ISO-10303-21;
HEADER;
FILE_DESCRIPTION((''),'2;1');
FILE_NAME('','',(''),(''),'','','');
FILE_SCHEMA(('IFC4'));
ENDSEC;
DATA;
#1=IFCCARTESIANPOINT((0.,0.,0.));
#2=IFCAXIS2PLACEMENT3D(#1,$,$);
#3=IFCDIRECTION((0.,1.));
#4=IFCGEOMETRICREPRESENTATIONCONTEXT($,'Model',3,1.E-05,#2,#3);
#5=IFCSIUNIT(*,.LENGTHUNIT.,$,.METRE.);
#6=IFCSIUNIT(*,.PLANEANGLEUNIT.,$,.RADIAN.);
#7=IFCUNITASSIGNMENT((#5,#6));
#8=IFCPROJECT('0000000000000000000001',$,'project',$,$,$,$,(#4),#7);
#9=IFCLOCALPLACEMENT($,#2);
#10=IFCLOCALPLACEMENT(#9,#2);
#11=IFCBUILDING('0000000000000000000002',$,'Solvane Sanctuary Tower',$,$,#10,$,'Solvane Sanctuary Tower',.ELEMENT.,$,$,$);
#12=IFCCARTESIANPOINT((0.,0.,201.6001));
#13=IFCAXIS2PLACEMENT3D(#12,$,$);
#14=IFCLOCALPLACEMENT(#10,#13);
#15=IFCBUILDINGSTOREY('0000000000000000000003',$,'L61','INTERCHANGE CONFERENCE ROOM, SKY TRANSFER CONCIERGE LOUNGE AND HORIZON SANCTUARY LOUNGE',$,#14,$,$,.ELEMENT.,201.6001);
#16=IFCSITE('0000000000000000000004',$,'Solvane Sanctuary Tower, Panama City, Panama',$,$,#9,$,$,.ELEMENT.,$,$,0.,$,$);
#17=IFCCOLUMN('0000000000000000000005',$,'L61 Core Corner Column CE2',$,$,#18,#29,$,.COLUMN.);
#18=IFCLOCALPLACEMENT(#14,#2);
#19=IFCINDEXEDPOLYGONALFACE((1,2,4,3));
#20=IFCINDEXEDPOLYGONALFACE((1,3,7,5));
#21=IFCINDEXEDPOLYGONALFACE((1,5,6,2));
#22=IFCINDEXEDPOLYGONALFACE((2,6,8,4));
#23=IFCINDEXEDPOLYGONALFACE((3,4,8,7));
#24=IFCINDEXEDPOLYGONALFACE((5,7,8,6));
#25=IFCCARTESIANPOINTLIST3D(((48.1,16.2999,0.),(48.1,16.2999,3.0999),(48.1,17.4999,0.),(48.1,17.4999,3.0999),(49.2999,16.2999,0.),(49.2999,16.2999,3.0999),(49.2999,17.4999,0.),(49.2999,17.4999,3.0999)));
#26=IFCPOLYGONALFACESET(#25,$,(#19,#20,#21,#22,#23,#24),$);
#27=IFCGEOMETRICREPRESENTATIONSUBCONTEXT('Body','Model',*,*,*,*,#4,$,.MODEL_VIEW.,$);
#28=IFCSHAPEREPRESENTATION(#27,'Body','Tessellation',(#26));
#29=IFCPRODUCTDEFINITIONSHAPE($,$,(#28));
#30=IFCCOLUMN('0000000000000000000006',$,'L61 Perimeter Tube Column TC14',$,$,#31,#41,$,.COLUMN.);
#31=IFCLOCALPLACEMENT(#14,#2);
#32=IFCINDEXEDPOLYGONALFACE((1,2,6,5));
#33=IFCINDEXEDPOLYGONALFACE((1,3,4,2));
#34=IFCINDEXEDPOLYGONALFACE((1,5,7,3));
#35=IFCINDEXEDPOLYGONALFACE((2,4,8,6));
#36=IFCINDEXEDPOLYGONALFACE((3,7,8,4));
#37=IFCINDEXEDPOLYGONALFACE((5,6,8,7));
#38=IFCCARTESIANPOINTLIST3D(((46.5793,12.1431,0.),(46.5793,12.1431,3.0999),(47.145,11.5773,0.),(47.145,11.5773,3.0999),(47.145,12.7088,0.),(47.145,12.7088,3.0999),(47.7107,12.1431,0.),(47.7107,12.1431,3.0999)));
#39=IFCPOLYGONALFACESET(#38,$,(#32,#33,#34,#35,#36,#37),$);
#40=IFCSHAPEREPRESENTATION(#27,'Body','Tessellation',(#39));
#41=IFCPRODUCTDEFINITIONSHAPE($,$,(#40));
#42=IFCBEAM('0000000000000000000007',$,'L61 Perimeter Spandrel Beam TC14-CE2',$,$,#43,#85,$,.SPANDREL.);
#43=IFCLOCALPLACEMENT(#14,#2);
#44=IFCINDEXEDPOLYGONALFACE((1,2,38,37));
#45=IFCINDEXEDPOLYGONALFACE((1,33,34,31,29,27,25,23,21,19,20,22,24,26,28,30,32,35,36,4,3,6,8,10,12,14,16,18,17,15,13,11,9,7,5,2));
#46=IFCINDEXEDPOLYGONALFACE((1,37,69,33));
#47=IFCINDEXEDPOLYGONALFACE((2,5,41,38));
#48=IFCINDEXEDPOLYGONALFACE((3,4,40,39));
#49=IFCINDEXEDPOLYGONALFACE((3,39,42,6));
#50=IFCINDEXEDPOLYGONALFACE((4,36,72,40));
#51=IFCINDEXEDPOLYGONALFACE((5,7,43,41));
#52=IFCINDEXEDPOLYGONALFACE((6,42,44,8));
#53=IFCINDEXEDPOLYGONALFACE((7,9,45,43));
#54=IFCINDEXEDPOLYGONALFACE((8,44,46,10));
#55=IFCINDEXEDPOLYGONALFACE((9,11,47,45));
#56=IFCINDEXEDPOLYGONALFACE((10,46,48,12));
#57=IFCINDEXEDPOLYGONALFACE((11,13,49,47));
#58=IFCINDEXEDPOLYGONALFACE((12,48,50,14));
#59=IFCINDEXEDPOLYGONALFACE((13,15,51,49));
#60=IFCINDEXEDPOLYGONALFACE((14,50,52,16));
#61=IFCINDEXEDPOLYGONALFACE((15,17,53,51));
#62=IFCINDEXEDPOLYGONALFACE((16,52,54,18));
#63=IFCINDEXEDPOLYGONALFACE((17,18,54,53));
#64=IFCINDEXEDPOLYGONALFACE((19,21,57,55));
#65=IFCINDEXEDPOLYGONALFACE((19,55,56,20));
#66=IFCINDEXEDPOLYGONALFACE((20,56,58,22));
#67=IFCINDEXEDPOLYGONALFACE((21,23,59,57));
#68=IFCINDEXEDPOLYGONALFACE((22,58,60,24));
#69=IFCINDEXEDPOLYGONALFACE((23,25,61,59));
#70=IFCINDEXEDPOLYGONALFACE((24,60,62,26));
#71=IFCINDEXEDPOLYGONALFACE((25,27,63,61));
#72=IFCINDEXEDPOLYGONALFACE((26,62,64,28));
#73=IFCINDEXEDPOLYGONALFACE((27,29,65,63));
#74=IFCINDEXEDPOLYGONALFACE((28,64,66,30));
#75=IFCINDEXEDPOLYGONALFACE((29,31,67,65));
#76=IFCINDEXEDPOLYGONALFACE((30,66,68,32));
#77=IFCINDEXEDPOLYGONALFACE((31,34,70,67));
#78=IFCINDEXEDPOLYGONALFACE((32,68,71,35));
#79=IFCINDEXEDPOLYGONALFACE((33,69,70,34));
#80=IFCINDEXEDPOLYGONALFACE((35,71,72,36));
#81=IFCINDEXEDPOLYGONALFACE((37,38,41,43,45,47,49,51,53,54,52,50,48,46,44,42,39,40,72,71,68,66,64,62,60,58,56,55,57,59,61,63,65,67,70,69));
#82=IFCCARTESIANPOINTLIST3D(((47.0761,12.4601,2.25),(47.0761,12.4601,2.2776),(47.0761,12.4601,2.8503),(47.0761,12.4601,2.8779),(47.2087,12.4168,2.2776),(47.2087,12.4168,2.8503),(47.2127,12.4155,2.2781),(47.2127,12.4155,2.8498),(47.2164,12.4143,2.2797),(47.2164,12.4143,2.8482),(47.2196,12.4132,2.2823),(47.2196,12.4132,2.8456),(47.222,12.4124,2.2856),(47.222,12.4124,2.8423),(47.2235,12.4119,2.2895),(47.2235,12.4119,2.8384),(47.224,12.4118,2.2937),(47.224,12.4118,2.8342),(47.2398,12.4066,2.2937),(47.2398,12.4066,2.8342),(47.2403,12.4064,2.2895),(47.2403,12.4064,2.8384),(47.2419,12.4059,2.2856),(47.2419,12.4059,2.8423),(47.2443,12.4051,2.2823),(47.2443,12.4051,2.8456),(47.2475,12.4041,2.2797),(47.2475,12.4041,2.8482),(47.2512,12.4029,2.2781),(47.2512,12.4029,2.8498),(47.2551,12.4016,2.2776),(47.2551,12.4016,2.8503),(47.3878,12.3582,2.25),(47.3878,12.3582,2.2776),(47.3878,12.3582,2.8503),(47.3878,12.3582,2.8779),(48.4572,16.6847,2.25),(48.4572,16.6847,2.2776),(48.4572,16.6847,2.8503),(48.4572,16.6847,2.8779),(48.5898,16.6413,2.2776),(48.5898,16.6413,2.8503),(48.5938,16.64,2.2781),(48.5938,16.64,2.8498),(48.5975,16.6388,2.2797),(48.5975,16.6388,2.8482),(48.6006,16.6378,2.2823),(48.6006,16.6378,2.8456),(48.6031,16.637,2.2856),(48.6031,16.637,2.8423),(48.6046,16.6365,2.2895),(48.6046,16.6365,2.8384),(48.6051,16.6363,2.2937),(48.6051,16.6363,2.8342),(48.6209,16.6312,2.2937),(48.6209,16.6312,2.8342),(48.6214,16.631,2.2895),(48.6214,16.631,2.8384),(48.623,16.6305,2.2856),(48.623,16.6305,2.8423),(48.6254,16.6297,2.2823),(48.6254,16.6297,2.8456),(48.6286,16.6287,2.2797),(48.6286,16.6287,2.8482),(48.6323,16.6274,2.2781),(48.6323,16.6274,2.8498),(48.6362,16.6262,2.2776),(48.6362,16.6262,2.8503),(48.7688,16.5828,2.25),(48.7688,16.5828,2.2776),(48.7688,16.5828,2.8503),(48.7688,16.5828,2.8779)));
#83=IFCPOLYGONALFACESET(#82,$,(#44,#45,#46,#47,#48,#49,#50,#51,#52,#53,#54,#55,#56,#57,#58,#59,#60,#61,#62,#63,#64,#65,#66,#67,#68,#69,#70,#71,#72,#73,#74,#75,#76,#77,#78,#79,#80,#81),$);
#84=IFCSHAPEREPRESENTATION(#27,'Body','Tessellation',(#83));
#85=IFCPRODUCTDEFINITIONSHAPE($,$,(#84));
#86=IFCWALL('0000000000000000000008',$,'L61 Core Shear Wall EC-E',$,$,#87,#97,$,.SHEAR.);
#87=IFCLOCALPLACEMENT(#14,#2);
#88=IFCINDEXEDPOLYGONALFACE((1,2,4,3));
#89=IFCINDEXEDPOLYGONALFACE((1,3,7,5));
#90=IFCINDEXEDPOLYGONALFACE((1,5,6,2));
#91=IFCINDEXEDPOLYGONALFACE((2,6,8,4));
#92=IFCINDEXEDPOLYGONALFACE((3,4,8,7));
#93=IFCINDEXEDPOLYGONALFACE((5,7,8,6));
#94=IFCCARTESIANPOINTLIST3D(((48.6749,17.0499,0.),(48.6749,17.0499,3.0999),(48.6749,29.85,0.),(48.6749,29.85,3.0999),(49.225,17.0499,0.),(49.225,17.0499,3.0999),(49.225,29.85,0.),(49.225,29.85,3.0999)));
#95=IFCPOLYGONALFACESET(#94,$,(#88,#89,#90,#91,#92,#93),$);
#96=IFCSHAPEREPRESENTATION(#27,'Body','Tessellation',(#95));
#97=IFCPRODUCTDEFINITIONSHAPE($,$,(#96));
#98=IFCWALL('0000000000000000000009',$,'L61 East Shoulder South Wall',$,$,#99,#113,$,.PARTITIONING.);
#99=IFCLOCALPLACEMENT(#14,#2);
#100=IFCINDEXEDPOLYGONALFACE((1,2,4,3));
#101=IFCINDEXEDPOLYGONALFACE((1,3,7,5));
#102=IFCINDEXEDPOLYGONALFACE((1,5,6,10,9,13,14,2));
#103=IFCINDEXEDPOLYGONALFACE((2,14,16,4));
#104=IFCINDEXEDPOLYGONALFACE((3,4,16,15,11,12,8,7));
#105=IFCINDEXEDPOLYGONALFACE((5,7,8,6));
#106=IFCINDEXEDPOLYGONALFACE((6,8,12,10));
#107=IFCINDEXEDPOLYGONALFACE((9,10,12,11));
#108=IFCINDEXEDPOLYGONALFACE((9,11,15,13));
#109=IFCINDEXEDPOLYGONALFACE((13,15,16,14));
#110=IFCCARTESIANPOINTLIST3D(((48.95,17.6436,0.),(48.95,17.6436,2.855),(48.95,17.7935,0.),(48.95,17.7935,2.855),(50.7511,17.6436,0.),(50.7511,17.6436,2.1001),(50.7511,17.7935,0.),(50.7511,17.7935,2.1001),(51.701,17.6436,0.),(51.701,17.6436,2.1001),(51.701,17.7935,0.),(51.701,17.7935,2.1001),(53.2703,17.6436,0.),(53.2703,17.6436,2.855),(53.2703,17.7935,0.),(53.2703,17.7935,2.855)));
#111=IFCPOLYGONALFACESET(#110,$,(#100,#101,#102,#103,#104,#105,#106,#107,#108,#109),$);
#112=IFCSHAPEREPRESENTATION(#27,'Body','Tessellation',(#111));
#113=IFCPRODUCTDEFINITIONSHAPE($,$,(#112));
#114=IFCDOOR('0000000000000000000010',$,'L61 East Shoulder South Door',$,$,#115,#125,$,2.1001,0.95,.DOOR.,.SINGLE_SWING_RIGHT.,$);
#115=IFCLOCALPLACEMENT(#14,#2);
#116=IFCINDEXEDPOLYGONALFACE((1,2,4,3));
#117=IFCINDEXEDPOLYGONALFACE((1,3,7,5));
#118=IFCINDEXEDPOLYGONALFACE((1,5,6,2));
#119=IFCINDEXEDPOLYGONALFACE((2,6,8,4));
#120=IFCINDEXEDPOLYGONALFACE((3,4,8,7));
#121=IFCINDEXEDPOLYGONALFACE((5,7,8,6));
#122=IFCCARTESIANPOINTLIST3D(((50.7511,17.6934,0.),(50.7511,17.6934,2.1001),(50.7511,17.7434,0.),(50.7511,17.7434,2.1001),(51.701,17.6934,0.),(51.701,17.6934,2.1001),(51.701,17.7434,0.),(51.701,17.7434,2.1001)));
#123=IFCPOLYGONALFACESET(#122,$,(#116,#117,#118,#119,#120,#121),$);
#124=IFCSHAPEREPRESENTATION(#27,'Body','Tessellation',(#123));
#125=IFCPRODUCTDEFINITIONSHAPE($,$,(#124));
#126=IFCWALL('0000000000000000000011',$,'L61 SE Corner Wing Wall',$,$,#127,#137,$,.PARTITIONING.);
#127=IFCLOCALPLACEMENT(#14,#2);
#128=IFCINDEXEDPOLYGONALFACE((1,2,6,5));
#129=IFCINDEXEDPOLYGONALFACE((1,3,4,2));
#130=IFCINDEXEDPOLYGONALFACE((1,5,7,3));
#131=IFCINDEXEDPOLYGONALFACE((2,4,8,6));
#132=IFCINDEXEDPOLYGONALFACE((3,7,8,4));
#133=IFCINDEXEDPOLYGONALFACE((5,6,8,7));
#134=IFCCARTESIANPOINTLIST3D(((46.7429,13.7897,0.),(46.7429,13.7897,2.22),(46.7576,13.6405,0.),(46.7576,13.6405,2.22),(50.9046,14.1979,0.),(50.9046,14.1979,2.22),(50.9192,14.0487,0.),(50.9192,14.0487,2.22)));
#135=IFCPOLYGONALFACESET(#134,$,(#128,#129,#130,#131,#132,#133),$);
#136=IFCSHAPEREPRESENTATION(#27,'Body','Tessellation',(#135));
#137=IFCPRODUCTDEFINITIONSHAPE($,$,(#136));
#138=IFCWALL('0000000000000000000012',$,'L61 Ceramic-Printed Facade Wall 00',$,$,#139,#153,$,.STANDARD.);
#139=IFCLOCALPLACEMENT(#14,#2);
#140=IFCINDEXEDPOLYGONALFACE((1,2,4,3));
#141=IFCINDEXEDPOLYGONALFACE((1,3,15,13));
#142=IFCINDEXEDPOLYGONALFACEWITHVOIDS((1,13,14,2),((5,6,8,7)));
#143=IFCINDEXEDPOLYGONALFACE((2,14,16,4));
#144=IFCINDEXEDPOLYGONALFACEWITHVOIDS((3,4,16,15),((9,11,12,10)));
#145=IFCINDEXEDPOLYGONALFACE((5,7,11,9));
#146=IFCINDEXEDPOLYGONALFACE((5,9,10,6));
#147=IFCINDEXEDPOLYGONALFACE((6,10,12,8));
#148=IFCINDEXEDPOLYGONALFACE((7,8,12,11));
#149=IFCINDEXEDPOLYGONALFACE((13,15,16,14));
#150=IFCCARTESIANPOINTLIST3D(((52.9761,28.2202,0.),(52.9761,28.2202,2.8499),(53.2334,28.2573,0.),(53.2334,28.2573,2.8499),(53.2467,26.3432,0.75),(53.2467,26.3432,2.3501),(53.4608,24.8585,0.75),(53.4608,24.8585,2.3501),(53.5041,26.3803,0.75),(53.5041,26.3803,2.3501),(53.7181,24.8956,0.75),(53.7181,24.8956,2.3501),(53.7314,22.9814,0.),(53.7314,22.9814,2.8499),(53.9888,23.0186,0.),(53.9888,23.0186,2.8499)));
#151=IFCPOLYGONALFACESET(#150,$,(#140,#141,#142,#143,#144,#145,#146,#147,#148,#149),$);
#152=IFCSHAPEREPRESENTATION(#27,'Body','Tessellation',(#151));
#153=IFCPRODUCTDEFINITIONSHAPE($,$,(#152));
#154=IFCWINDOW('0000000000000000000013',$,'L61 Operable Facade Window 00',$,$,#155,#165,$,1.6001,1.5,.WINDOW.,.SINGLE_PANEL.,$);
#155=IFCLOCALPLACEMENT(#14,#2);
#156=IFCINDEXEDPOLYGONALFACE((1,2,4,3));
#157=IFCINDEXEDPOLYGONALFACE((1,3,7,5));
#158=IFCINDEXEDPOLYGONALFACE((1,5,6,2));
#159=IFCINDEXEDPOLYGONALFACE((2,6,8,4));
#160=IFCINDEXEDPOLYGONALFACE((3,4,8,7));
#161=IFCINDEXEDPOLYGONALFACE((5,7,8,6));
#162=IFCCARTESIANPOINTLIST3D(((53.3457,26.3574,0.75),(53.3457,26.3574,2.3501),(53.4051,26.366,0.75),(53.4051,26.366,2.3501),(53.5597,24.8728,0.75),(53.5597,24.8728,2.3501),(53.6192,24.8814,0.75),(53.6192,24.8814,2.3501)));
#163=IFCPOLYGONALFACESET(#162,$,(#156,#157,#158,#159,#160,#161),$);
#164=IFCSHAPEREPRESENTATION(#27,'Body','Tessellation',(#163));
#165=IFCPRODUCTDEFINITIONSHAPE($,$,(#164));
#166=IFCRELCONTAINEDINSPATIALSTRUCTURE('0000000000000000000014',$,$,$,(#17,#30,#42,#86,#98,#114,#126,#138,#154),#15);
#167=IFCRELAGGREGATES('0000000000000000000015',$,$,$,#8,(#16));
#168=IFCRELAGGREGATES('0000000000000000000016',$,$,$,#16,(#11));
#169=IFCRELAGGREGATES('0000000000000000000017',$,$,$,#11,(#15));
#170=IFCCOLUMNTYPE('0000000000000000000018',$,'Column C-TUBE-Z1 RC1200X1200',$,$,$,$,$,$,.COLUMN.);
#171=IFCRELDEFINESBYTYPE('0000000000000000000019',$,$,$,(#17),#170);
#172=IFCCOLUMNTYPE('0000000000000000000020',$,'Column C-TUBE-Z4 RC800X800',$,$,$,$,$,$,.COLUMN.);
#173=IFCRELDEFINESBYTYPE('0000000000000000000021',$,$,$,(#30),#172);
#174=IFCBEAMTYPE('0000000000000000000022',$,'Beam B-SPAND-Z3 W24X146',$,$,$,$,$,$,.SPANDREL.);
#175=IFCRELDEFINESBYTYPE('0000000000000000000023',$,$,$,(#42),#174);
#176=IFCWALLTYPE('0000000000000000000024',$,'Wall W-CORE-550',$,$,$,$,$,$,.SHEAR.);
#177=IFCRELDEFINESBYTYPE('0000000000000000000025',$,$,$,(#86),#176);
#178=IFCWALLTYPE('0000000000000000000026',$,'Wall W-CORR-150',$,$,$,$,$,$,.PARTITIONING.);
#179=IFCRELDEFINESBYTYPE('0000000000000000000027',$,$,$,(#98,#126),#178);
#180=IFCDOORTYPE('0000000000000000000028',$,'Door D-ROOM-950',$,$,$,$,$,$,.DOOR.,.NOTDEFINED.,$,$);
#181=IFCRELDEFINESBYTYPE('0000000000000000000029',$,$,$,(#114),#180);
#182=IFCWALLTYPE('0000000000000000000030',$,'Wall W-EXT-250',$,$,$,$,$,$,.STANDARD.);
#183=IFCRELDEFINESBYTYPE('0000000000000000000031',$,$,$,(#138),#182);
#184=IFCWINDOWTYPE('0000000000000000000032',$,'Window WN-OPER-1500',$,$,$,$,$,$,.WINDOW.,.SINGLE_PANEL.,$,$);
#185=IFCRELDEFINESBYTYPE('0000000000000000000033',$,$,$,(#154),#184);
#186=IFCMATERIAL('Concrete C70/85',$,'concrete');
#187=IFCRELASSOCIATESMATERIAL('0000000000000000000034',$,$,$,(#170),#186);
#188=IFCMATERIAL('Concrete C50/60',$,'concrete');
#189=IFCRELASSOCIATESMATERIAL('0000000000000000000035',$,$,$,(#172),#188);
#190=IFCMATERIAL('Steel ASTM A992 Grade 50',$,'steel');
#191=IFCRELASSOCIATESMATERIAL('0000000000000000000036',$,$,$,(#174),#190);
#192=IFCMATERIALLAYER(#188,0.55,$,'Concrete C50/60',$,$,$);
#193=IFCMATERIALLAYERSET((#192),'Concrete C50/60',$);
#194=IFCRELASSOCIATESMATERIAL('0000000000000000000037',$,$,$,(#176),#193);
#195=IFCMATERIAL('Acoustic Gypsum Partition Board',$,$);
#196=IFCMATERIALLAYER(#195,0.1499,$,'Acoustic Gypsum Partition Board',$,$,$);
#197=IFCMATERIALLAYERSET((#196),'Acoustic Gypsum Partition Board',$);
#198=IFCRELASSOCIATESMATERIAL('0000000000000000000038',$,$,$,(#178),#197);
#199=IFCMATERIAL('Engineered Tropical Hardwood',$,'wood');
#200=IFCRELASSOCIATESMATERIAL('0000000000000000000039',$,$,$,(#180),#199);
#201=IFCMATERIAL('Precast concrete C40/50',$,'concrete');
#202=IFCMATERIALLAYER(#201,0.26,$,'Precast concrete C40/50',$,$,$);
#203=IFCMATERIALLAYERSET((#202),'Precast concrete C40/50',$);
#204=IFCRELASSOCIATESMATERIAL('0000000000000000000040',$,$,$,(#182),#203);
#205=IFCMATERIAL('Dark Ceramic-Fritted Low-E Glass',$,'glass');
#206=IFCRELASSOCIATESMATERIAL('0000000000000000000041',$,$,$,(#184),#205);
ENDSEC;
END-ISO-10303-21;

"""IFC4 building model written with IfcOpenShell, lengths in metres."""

from ifc_helpers import new_model, si_unit, direction, frame, frame_2d, origin, origin_2d, place, context, subcontext, project, spatial, rectangle, i_section, extrude, material, layer, layer_set, material_profile, profile_set, type_object, element, fill, save


model = new_model("IFC4")

# Units and contexts
model_context = context("Model", 3, precision=1e-05, world=origin(), true_north=direction((0.0, 1.0)))
body_context = subcontext(model_context, "Body", "Model", "MODEL_VIEW")
ifc_project = project(units=[si_unit("LENGTHUNIT", "METRE"), si_unit("PLANEANGLEUNIT", "RADIAN")], contexts=[model_context])

# Site, building, storey
site_placement = place(None, origin())
site = spatial("IfcSite", under=ifc_project, at=site_placement, Name="Solvane Sanctuary Tower, Panama City, Panama", CompositionType="ELEMENT", RefElevation=0.0)
building_placement = place(site_placement, origin())
building = spatial("IfcBuilding", under=site, at=building_placement, Name="Solvane Sanctuary Tower", LongName="Solvane Sanctuary Tower", CompositionType="ELEMENT")
storey_placement = place(building_placement, frame((0.0, 0.0, 201.6001)))
storey = spatial("IfcBuildingStorey", under=building, at=storey_placement, Name="L61", Description="INTERCHANGE CONFERENCE ROOM, SKY TRANSFER CONCIERGE LOUNGE AND HORIZON SANCTUARY LOUNGE", CompositionType="ELEMENT", Elevation=201.6001)

# Columns
ifc_material_1 = material(Name="Concrete C70/85", Category="concrete")
ifc_material_profile_1 = material_profile(ifc_material_1, rectangle(XDim=1.2, YDim=1.2, at=origin_2d()), Name="RC1200X1200")
ifc_profile_set_1 = profile_set([ifc_material_profile_1], Name="Concrete C70/85")
column_type_1 = type_object("IfcColumnType", Name="Column C-TUBE-Z1 RC1200X1200", PredefinedType="COLUMN", material=ifc_profile_set_1)
column_1_placement = place(storey_placement, frame((48.7, 16.8999, 0.0), z_axis=(0.0, 0.0, 1.0), x_axis=(1.0, 0.0, 0.0)))
element("IfcColumn", 1, at=column_1_placement, inside=storey, type_object=column_type_1, Name="L61 Core Corner Column CE2", PredefinedType="COLUMN", context=body_context, shape_type="SweptSolid", body=[
    extrude(rectangle(XDim=1.2, YDim=1.2, at=origin_2d()), origin(), (0.0, 0.0, 1.0), 3.0999),
])
ifc_material_2 = material(Name="Concrete C50/60", Category="concrete")
ifc_material_profile_2 = material_profile(ifc_material_2, rectangle(XDim=0.8, YDim=0.8, at=origin_2d()), Name="RC800X800")
ifc_profile_set_2 = profile_set([ifc_material_profile_2], Name="Concrete C50/60")
column_type_2 = type_object("IfcColumnType", Name="Column C-TUBE-Z4 RC800X800", PredefinedType="COLUMN", material=ifc_profile_set_2)
column_2_placement = place(storey_placement, frame((47.145, 12.1431, 0.0), z_axis=(0.0, 0.0, 1.0), x_axis=(0.707107, -0.707107, 0.0)))
element("IfcColumn", 2, at=column_2_placement, inside=storey, type_object=column_type_2, Name="L61 Perimeter Tube Column TC14", PredefinedType="COLUMN", context=body_context, shape_type="SweptSolid", body=[
    extrude(rectangle(XDim=0.8, YDim=0.8, at=origin_2d()), origin(), (0.0, 0.0, 1.0), 3.0999),
])

# Beam
ifc_material_3 = material(Name="Steel ASTM A992 Grade 50", Category="steel")
ifc_material_profile_3 = material_profile(ifc_material_3, i_section(OverallWidth=0.3279, OverallDepth=0.6279, WebThickness=0.0166, FlangeThickness=0.0276, FilletRadius=0.0161, at=origin_2d()), Name="W24X146")
ifc_profile_set_3 = profile_set([ifc_material_profile_3], Name="Steel ASTM A992 Grade 50")
beam_type = type_object("IfcBeamType", Name="Beam B-SPAND-Z3 W24X146", PredefinedType="SPANDREL", material=ifc_profile_set_3)
beam_placement = place(storey_placement, frame((47.2319, 12.4092, 2.564), z_axis=(0.310735, 0.950497, 0.0), x_axis=(-0.950497, 0.310735, 0.0)))
element("IfcBeam", 3, at=beam_placement, inside=storey, type_object=beam_type, Name="L61 Perimeter Spandrel Beam TC14-CE2", PredefinedType="SPANDREL", context=body_context, shape_type="SweptSolid", body=[
    extrude(i_section(OverallWidth=0.3279, OverallDepth=0.6279, WebThickness=0.0166, FlangeThickness=0.0276, FilletRadius=0.0161, at=origin_2d()), origin(), (0.0, 0.0, 1.0), 4.4446),
])

# Wall
ifc_layer_1 = layer(ifc_material_2, 0.55, Name="Concrete C50/60")
ifc_layer_set_1 = layer_set([ifc_layer_1], Name="Concrete C50/60")
wall_type_1 = type_object("IfcWallType", Name="Wall W-CORE-550", PredefinedType="SHEAR", material=ifc_layer_set_1)
wall_1_placement = place(storey_placement, frame((48.95, 17.05, 0.0), z_axis=(0.0, 0.0, 1.0), x_axis=(0.0, 1.0, 0.0)))
element("IfcWall", 4, at=wall_1_placement, inside=storey, type_object=wall_type_1, Name="L61 Core Shear Wall EC-E", PredefinedType="SHEAR", context=body_context, shape_type="SweptSolid", body=[
    extrude(rectangle(XDim=12.8, YDim=0.55, at=frame_2d((6.3999, 0.0))), origin(), (0.0, 0.0, 1.0), 3.0999),
])

# Wall, opening, door
ifc_material_4 = material(Name="Acoustic Gypsum Partition Board")
ifc_layer_2 = layer(ifc_material_4, 0.1499, Name="Acoustic Gypsum Partition Board")
ifc_layer_set_2 = layer_set([ifc_layer_2], Name="Acoustic Gypsum Partition Board")
wall_type_2 = type_object("IfcWallType", Name="Wall W-CORR-150", PredefinedType="PARTITIONING", material=ifc_layer_set_2)
wall_2_placement = place(storey_placement, frame((48.95, 17.7185, 0.0), z_axis=(0.0, 0.0, 1.0), x_axis=(1.0, 0.0, 0.0)))
wall_2 = element("IfcWall", 5, at=wall_2_placement, inside=storey, type_object=wall_type_2, Name="L61 East Shoulder South Wall", PredefinedType="PARTITIONING", context=body_context, shape_type="SweptSolid", body=[
    extrude(rectangle(XDim=4.3203, YDim=0.1499, at=frame_2d((2.1602, 0.0))), origin(), (0.0, 0.0, 1.0), 2.855),
])
opening_1_placement = place(wall_2_placement, frame((1.801, 0.0, 0.0)))
opening_1 = element("IfcOpeningElement", 6, at=opening_1_placement, cuts=wall_2, PredefinedType="OPENING", context=body_context, shape_type="SweptSolid", body=[
    extrude(rectangle(XDim=0.95, YDim=2.1001, at=frame_2d((0.4751, 1.05))), frame((0.0, 0.085, 0.0), z_axis=(0.0, -1.0, 0.0), x_axis=(1.0, 0.0, 0.0)), (0.0, 0.0, 1.0), 0.1699),
])
ifc_material_5 = material(Name="Engineered Tropical Hardwood", Category="wood")
door_type = type_object("IfcDoorType", Name="Door D-ROOM-950", OperationType="NOTDEFINED", PredefinedType="DOOR", material=ifc_material_5)
door_placement = place(opening_1_placement, origin())
door = element("IfcDoor", 7, at=door_placement, inside=storey, type_object=door_type, Name="L61 East Shoulder South Door", OperationType="SINGLE_SWING_RIGHT", OverallHeight=2.1001, OverallWidth=0.95, PredefinedType="DOOR", context=body_context, shape_type="SweptSolid", body=[
    extrude(rectangle(XDim=0.95, YDim=2.1001, at=frame_2d((0.4751, 1.05))), frame((0.0, 0.0249, 0.0), z_axis=(0.0, -1.0, 0.0), x_axis=(1.0, 0.0, 0.0)), (0.0, 0.0, 1.0), 0.05),
])
fill(opening_1, door)

# Wall
wall_3_placement = place(storey_placement, frame((46.7502, 13.7151, 0.0), z_axis=(0.0, 0.0, 1.0), x_axis=(0.995224, 0.097619, 0.0)))
element("IfcWall", 8, at=wall_3_placement, inside=storey, type_object=wall_type_2, Name="L61 SE Corner Wing Wall", PredefinedType="PARTITIONING", context=body_context, shape_type="SweptSolid", body=[
    extrude(rectangle(XDim=4.1816, YDim=0.1499, at=frame_2d((2.0908, 0.0))), origin(), (0.0, 0.0, 1.0), 2.22),
])

# Wall, opening, window
ifc_material_6 = material(Name="Precast concrete C40/50", Category="concrete")
ifc_layer_3 = layer(ifc_material_6, 0.26, Name="Precast concrete C40/50")
ifc_layer_set_3 = layer_set([ifc_layer_3], Name="Precast concrete C40/50")
wall_type_3 = type_object("IfcWallType", Name="Wall W-EXT-250", PredefinedType="STANDARD", material=ifc_layer_set_3)
wall_4_placement = place(storey_placement, frame((53.8601, 23.0, 0.0), z_axis=(0.0, 0.0, 1.0), x_axis=(-0.142713, 0.989764, 0.0)))
wall_4 = element("IfcWall", 9, at=wall_4_placement, inside=storey, type_object=wall_type_3, Name="L61 Ceramic-Printed Facade Wall 00", PredefinedType="STANDARD", context=body_context, shape_type="SweptSolid", body=[
    extrude(rectangle(XDim=5.293, YDim=0.26, at=frame_2d((2.6465, 0.0))), origin(), (0.0, 0.0, 1.0), 2.8499),
])
opening_2_placement = place(wall_4_placement, frame((1.8965, 0.0, 0.75)))
opening_2 = element("IfcOpeningElement", 10, at=opening_2_placement, cuts=wall_4, PredefinedType="OPENING", context=body_context, shape_type="SweptSolid", body=[
    extrude(rectangle(XDim=1.5, YDim=1.6001, at=frame_2d((0.75, 0.8))), frame((0.0, 0.1399, 0.0), z_axis=(0.0, -1.0, 0.0), x_axis=(1.0, 0.0, 0.0)), (0.0, 0.0, 1.0), 0.28),
])
ifc_material_7 = material(Name="Dark Ceramic-Fritted Low-E Glass", Category="glass")
window_type_1 = type_object("IfcWindowType", Name="Window WN-OPER-1500", PartitioningType="SINGLE_PANEL", PredefinedType="WINDOW", material=ifc_material_7)
window_1_placement = place(opening_2_placement, origin())
window_1 = element("IfcWindow", 11, at=window_1_placement, inside=storey, type_object=window_type_1, Name="L61 Operable Facade Window 00", OverallHeight=1.6001, OverallWidth=1.5, PartitioningType="SINGLE_PANEL", PredefinedType="WINDOW", context=body_context, shape_type="SweptSolid", body=[
    extrude(rectangle(XDim=1.5, YDim=1.6001, at=frame_2d((0.75, 0.8))), frame((0.0, 0.03, 0.0), z_axis=(0.0, -1.0, 0.0), x_axis=(1.0, 0.0, 0.0)), (0.0, 0.0, 1.0), 0.0601),
])
fill(opening_2, window_1)

save(model, "model.ifc")
